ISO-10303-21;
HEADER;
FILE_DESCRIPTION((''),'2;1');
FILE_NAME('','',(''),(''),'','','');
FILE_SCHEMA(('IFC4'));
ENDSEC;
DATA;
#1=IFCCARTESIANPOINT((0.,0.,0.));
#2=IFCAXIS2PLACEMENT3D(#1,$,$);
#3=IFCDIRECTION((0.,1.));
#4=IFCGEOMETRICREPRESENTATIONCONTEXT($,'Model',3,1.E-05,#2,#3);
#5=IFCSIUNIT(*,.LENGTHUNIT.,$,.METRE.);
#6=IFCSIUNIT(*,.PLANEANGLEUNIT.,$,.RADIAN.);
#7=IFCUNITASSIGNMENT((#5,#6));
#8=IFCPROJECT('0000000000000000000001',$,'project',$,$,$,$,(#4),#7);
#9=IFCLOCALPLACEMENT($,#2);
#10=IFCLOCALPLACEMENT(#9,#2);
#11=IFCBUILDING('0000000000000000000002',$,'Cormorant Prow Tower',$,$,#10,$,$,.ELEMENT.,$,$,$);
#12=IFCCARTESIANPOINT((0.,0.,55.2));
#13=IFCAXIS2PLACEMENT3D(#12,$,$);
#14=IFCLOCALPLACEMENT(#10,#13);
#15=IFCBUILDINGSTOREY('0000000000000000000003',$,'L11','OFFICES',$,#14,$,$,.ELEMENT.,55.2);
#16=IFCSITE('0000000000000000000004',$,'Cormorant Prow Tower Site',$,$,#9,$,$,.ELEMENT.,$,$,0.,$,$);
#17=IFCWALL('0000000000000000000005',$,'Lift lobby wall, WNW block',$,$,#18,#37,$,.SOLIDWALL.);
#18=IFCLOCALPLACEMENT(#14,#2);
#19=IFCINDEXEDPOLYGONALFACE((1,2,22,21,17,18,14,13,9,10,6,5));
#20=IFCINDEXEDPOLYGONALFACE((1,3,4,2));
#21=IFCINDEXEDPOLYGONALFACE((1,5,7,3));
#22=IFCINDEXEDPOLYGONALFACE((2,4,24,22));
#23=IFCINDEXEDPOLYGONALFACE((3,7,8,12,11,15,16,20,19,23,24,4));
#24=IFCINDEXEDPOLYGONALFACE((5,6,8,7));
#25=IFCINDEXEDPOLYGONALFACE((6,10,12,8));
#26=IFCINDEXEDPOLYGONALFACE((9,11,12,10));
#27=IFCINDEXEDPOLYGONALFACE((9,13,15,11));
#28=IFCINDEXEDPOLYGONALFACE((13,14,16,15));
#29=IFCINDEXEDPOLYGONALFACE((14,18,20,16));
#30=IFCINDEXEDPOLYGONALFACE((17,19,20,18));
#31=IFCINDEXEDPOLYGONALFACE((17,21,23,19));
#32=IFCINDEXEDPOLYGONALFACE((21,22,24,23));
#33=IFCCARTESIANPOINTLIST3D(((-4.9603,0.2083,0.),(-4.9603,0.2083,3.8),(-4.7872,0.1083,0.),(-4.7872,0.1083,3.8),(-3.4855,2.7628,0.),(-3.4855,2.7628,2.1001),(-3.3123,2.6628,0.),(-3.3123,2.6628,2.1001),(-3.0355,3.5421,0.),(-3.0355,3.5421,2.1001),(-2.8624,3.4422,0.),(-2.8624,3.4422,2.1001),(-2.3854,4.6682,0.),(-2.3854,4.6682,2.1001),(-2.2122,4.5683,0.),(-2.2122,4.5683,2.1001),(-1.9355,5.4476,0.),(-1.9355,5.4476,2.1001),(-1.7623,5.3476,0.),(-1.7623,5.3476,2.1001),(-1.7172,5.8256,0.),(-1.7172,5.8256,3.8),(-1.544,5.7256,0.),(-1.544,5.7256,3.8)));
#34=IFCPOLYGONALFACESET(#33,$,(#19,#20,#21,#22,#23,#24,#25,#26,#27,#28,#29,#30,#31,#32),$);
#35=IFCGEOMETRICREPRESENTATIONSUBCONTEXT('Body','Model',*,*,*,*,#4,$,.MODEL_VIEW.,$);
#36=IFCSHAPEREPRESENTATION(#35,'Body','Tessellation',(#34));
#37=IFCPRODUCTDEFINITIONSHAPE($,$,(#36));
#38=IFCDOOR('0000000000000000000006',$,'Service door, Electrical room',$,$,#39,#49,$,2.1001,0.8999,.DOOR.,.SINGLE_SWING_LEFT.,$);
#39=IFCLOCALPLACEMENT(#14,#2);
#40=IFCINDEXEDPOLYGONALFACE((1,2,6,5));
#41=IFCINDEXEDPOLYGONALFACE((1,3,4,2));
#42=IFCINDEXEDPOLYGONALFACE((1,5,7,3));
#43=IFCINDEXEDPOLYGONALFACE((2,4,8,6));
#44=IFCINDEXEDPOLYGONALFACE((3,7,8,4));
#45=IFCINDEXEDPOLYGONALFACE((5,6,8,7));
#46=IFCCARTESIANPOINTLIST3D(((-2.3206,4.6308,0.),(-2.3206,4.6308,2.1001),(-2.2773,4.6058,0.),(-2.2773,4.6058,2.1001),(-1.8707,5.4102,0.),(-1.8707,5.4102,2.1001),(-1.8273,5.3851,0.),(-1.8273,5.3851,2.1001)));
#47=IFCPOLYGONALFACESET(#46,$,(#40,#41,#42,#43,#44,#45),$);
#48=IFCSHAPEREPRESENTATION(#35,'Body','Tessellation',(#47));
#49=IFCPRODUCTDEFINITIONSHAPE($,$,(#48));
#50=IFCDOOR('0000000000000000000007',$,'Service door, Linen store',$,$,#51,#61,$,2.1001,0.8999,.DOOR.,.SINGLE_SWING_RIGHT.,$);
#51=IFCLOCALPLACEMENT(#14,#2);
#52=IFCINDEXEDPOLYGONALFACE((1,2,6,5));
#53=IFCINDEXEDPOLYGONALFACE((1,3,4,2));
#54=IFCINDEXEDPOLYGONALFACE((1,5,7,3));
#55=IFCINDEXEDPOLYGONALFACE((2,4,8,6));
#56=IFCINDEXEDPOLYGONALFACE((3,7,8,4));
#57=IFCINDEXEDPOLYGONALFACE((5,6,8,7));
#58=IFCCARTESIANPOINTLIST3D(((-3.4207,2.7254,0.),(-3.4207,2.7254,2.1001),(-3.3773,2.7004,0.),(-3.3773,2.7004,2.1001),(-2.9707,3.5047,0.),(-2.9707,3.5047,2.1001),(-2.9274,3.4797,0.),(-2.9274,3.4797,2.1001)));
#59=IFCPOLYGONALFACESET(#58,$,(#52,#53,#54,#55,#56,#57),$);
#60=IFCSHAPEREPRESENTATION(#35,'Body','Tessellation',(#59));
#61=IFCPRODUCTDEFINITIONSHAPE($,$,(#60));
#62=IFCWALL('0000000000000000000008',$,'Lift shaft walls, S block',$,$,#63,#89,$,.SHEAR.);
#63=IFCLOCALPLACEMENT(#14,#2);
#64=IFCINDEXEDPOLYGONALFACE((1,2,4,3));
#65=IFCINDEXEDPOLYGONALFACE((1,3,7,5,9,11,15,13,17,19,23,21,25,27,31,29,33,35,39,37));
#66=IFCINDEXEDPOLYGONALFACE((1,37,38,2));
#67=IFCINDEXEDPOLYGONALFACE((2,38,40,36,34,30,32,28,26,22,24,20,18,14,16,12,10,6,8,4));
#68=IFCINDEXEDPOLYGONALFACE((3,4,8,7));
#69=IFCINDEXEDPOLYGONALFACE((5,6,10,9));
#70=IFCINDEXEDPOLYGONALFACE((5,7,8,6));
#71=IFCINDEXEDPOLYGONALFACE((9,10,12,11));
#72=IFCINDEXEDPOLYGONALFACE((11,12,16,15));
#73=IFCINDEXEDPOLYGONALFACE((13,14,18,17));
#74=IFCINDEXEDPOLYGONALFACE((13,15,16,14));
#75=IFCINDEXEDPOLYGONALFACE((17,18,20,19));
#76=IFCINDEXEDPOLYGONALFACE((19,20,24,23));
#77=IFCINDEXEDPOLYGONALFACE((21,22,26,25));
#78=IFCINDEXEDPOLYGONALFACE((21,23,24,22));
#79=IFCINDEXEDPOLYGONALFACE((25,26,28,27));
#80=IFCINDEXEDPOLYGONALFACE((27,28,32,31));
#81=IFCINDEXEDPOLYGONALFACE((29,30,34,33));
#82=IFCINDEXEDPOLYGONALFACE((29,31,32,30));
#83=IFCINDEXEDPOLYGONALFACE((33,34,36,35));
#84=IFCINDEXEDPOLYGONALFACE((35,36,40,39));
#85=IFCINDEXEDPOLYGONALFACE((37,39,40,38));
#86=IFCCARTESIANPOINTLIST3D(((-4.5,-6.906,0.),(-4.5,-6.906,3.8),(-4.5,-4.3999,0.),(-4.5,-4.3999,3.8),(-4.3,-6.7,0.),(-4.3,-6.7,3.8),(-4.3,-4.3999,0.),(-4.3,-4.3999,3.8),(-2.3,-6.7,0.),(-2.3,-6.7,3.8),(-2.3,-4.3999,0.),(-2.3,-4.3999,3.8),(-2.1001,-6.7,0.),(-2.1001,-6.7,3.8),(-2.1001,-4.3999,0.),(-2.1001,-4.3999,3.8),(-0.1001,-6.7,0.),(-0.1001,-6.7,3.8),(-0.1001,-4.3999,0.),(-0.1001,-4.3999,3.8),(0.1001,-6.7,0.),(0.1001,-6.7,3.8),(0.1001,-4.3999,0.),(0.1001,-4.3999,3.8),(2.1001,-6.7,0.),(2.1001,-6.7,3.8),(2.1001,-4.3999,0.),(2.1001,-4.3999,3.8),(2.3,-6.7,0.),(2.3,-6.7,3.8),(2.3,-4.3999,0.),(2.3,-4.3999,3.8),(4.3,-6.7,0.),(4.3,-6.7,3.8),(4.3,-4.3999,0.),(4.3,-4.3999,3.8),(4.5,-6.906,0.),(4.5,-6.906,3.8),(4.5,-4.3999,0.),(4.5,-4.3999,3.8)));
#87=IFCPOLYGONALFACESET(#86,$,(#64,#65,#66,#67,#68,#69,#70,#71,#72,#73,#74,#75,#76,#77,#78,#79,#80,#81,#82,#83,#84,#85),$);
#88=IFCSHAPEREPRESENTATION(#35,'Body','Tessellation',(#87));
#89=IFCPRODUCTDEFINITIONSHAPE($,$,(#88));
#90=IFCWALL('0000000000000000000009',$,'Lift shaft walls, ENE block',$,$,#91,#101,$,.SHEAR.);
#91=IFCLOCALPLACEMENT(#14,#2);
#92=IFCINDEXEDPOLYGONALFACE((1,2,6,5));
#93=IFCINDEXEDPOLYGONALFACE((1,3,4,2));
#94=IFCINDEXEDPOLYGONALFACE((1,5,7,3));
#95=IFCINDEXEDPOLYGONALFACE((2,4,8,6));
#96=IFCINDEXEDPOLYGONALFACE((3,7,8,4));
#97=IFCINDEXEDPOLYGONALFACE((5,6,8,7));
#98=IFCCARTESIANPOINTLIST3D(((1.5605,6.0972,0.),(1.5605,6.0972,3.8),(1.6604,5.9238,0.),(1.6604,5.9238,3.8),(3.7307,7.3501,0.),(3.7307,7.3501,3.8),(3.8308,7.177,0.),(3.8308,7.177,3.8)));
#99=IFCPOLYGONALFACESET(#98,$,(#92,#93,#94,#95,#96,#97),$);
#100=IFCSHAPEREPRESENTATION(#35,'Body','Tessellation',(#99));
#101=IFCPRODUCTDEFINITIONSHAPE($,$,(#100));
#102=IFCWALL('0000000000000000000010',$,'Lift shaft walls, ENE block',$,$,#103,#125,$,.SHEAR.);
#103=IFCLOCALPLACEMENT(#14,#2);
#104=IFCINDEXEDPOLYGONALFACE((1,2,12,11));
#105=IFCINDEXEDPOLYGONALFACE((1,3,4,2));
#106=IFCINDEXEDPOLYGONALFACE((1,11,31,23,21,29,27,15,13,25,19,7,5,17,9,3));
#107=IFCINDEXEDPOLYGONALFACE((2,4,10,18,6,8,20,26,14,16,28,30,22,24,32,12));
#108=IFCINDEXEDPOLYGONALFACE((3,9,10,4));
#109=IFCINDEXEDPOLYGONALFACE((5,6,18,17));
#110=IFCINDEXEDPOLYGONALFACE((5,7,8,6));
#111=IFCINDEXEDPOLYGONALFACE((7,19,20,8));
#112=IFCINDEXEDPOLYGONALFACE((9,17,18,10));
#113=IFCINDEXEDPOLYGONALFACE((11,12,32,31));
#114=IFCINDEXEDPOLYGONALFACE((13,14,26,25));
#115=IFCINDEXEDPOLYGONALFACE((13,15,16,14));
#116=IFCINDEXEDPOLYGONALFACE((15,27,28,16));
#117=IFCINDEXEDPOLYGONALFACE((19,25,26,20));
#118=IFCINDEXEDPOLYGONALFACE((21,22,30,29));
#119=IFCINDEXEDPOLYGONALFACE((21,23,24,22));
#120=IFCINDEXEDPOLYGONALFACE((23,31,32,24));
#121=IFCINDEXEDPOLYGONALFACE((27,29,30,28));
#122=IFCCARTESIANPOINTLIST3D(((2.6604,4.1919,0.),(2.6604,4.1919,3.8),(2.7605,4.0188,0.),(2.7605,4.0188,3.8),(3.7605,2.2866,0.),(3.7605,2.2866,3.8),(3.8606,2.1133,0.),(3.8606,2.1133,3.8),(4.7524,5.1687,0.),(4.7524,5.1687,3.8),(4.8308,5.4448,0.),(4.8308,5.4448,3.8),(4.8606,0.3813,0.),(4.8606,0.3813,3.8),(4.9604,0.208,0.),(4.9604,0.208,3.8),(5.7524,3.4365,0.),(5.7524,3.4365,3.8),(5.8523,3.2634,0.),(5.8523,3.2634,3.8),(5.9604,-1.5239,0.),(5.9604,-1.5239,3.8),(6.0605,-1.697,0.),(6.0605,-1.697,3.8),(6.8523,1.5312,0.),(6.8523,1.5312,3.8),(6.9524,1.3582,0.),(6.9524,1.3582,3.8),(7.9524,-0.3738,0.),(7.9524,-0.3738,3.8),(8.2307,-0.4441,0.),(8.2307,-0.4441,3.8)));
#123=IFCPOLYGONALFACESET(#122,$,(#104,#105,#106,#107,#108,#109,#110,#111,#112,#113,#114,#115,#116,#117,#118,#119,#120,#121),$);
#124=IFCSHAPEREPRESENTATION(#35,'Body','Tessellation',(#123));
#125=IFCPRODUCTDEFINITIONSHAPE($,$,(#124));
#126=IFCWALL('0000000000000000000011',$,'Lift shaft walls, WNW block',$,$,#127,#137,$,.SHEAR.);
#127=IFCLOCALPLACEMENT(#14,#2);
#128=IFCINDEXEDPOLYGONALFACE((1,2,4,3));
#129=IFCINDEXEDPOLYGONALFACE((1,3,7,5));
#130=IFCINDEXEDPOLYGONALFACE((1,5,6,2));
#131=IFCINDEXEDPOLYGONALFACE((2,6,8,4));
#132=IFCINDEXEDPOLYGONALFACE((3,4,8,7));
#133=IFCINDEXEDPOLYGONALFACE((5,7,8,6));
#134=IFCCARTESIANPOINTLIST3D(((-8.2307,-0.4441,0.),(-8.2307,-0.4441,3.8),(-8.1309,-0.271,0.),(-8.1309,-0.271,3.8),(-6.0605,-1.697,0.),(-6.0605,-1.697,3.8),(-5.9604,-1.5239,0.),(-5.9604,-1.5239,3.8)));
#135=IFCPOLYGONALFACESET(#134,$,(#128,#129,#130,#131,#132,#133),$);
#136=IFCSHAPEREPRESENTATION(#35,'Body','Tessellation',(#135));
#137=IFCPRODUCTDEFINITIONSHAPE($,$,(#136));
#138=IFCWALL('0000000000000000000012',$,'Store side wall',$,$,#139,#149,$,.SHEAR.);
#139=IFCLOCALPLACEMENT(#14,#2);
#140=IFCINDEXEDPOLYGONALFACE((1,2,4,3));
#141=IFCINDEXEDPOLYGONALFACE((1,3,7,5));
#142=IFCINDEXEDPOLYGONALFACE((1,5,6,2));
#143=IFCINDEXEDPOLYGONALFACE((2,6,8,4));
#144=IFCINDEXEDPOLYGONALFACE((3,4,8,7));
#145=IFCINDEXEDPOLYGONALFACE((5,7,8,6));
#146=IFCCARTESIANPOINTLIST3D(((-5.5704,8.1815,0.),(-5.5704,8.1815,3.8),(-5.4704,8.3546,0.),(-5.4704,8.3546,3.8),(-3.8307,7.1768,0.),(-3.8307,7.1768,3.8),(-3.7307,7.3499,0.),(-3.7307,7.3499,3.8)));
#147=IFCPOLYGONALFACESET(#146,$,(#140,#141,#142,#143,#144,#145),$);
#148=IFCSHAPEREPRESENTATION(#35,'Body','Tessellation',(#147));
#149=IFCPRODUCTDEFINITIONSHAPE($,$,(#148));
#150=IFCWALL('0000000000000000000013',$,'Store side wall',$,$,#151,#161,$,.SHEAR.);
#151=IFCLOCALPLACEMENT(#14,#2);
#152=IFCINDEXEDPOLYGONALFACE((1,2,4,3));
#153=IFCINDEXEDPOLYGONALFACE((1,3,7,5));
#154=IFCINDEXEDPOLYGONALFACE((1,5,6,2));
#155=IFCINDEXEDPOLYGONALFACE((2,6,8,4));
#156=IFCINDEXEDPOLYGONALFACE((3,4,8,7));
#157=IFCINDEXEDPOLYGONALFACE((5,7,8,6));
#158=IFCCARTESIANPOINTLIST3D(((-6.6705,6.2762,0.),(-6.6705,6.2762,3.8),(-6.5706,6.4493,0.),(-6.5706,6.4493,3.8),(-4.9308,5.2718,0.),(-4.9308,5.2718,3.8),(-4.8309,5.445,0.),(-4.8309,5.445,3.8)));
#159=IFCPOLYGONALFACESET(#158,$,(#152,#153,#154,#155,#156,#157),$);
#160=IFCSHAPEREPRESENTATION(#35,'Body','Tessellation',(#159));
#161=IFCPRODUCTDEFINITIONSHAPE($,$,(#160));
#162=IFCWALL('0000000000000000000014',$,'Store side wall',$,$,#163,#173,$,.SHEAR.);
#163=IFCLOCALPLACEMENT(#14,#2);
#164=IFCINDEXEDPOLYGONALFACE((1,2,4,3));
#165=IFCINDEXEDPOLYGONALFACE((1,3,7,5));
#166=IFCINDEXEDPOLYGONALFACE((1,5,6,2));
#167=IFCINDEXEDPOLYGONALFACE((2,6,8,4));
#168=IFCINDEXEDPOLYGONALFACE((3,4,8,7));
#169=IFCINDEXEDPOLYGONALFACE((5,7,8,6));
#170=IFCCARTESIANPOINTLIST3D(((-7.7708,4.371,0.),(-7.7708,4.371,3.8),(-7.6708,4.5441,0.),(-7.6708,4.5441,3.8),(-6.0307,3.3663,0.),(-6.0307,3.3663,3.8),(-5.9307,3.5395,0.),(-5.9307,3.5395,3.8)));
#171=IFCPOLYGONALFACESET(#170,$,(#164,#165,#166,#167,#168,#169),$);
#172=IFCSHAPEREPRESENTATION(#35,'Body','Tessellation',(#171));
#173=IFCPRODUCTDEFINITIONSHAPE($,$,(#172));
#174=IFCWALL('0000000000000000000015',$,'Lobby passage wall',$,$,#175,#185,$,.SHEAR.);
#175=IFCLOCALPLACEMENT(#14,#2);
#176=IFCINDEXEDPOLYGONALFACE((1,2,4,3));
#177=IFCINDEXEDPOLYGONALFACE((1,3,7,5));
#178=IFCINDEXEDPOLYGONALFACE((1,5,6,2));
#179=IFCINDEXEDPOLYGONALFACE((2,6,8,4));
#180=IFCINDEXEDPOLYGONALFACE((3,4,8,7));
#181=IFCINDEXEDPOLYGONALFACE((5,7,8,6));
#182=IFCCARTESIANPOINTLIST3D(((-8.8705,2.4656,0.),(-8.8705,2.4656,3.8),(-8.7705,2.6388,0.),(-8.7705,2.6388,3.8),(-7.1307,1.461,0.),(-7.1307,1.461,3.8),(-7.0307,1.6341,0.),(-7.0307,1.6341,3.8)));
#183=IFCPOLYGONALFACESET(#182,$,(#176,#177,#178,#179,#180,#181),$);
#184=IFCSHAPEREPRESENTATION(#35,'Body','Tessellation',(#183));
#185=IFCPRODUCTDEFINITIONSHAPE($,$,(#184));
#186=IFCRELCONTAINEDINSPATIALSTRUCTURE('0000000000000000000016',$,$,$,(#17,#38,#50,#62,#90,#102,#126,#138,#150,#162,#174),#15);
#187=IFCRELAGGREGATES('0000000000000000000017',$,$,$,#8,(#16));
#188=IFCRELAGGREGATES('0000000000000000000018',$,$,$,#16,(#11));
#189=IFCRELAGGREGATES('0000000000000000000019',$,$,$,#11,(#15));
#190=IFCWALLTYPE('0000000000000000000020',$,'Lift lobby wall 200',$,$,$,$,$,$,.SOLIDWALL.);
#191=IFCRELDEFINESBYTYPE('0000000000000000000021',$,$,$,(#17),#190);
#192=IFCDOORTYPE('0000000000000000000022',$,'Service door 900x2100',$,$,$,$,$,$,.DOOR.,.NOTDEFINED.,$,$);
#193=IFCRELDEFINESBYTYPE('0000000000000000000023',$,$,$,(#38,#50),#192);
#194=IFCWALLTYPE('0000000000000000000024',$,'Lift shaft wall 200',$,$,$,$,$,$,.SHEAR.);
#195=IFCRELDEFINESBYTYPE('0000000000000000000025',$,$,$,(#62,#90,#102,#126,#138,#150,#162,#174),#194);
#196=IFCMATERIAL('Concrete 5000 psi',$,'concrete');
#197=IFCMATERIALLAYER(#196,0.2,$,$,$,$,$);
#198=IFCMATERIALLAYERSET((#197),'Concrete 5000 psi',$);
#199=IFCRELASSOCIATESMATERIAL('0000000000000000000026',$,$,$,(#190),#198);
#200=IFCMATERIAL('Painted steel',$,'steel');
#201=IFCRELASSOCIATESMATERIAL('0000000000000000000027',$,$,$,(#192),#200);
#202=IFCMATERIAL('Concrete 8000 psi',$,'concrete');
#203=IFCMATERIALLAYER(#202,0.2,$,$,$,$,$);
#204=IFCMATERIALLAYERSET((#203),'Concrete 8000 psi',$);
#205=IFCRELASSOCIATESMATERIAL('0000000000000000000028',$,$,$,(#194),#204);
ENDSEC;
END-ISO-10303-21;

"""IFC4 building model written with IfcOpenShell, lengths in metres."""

from ifc_helpers import new_model, si_unit, direction, frame, frame_2d, origin, place, context, subcontext, project, spatial, polyline, rectangle, outline, extrude, material, layer, layer_set, type_object, element, fill, save


model = new_model("IFC4")

# Units and contexts
model_context = context("Model", 3, precision=1e-05, world=origin(), true_north=direction((0.0, 1.0)))
body_context = subcontext(model_context, "Body", "Model", "MODEL_VIEW")
ifc_project = project(units=[si_unit("LENGTHUNIT", "METRE"), si_unit("PLANEANGLEUNIT", "RADIAN")], contexts=[model_context])

# Site, building, storey
site_placement = place(None, origin())
site = spatial("IfcSite", under=ifc_project, at=site_placement, Name="Cormorant Prow Tower Site", CompositionType="ELEMENT", RefElevation=0.0)
building_placement = place(site_placement, origin())
building = spatial("IfcBuilding", under=site, at=building_placement, Name="Cormorant Prow Tower", CompositionType="ELEMENT")
storey_placement = place(building_placement, frame((0.0, 0.0, 55.2)))
storey = spatial("IfcBuildingStorey", under=building, at=storey_placement, Name="L11", Description="OFFICES", CompositionType="ELEMENT", Elevation=55.2)

# Wall, openings, doors
ifc_material_1 = material(Name="Concrete 5000 psi", Category="concrete")
ifc_layer_1 = layer(ifc_material_1, 0.2)
ifc_layer_set_1 = layer_set([ifc_layer_1], Name="Concrete 5000 psi")
wall_type_1 = type_object("IfcWallType", Name="Lift lobby wall 200", PredefinedType="SOLIDWALL", material=ifc_layer_set_1)
wall_1_placement = place(storey_placement, frame((-1.6306, 5.7756, 0.0), z_axis=(0.0, 0.0, 1.0), x_axis=(-0.499993, -0.86603, 0.0)))
wall_1 = element("IfcWall", 1, at=wall_1_placement, inside=storey, type_object=wall_type_1, Name="Lift lobby wall, WNW block", PredefinedType="SOLIDWALL", context=body_context, shape_type="SweptSolid", body=[
    extrude(rectangle(XDim=6.4863, YDim=0.2, at=frame_2d((3.2432, 0.0))), origin(), (0.0, 0.0, 1.0), 3.8),
])
opening_1_placement = place(wall_1_placement, frame((0.4365, 0.0, 0.0)))
opening_1 = element("IfcOpeningElement", 2, at=opening_1_placement, cuts=wall_1, PredefinedType="OPENING", context=body_context, shape_type="SweptSolid", body=[
    extrude(rectangle(XDim=0.8999, YDim=2.1001, at=frame_2d((0.45, 1.05))), frame((0.0, 0.1099, 0.0), z_axis=(0.0, -1.0, 0.0), x_axis=(1.0, 0.0, 0.0)), (0.0, 0.0, 1.0), 0.22),
])
opening_2_placement = place(wall_1_placement, frame((2.6367, 0.0, 0.0)))
opening_2 = element("IfcOpeningElement", 3, at=opening_2_placement, cuts=wall_1, PredefinedType="OPENING", context=body_context, shape_type="SweptSolid", body=[
    extrude(rectangle(XDim=0.8999, YDim=2.1001, at=frame_2d((0.45, 1.05))), frame((0.0, 0.1099, 0.0), z_axis=(0.0, -1.0, 0.0), x_axis=(1.0, 0.0, 0.0)), (0.0, 0.0, 1.0), 0.22),
])
ifc_material_2 = material(Name="Painted steel", Category="steel")
door_type_1 = type_object("IfcDoorType", Name="Service door 900x2100", OperationType="NOTDEFINED", PredefinedType="DOOR", material=ifc_material_2)
door_1_placement = place(opening_1_placement, origin())
door_1 = element("IfcDoor", 4, at=door_1_placement, inside=storey, type_object=door_type_1, Name="Service door, Electrical room", OperationType="SINGLE_SWING_LEFT", OverallHeight=2.1001, OverallWidth=0.8999, PredefinedType="DOOR", context=body_context, shape_type="SweptSolid", body=[
    extrude(rectangle(XDim=0.8999, YDim=2.1001, at=frame_2d((0.45, 1.05))), frame((0.0, 0.0249, 0.0), z_axis=(0.0, -1.0, 0.0), x_axis=(1.0, 0.0, 0.0)), (0.0, 0.0, 1.0), 0.05),
])
fill(opening_1, door_1)
door_2_placement = place(opening_2_placement, origin())
door_2 = element("IfcDoor", 5, at=door_2_placement, inside=storey, type_object=door_type_1, Name="Service door, Linen store", OperationType="SINGLE_SWING_RIGHT", OverallHeight=2.1001, OverallWidth=0.8999, PredefinedType="DOOR", context=body_context, shape_type="SweptSolid", body=[
    extrude(rectangle(XDim=0.8999, YDim=2.1001, at=frame_2d((0.45, 1.05))), frame((0.0, 0.0249, 0.0), z_axis=(0.0, -1.0, 0.0), x_axis=(1.0, 0.0, 0.0)), (0.0, 0.0, 1.0), 0.05),
])
fill(opening_2, door_2)

# Walls
ifc_material_3 = material(Name="Concrete 8000 psi", Category="concrete")
ifc_layer_2 = layer(ifc_material_3, 0.2)
ifc_layer_set_2 = layer_set([ifc_layer_2], Name="Concrete 8000 psi")
wall_type_2 = type_object("IfcWallType", Name="Lift shaft wall 200", PredefinedType="SHEAR", material=ifc_layer_set_2)
wall_2_placement = place(storey_placement, origin())
element("IfcWall", 6, at=wall_2_placement, inside=storey, type_object=wall_type_2, Name="Lift shaft walls, S block", PredefinedType="SHEAR", context=body_context, shape_type="SweptSolid", body=[
    extrude(outline(polyline([(4.5, -4.3999), (4.5, -6.906), (-4.5, -6.906), (-4.5, -4.3999), (-4.3, -4.3999), (-4.3, -6.7), (-2.3, -6.7), (-2.3, -4.3999), (-2.1001, -4.3999), (-2.1001, -6.7), (-0.1001, -6.7), (-0.1001, -4.3999), (0.1001, -4.3999), (0.1001, -6.7), (2.1001, -6.7), (2.1001, -4.3999), (2.3, -4.3999), (2.3, -6.7), (4.3, -6.7), (4.3, -4.3999), (4.5, -4.3999)])), origin(), (0.0, 0.0, 1.0), 3.8),
])
wall_3_placement = place(storey_placement, origin())
element("IfcWall", 7, at=wall_3_placement, inside=storey, type_object=wall_type_2, Name="Lift shaft walls, ENE block", PredefinedType="SHEAR", context=body_context, shape_type="SweptSolid", body=[
    extrude(outline(polyline([(1.5605, 6.0972), (3.7307, 7.3501), (3.8308, 7.177), (1.6604, 5.9238), (1.5605, 6.0972)])), origin(), (0.0, 0.0, 1.0), 3.8),
])
wall_4_placement = place(storey_placement, origin())
element("IfcWall", 8, at=wall_4_placement, inside=storey, type_object=wall_type_2, Name="Lift shaft walls, ENE block", PredefinedType="SHEAR", context=body_context, shape_type="SweptSolid", body=[
    extrude(outline(polyline([(2.6604, 4.1919), (4.8308, 5.4448), (8.2307, -0.4441), (6.0605, -1.697), (5.9604, -1.5239), (7.9524, -0.3738), (6.9524, 1.3582), (4.9604, 0.208), (4.8606, 0.3813), (6.8523, 1.5312), (5.8523, 3.2634), (3.8606, 2.1133), (3.7605, 2.2866), (5.7524, 3.4365), (4.7524, 5.1687), (2.7605, 4.0188), (2.6604, 4.1919)])), origin(), (0.0, 0.0, 1.0), 3.8),
])
wall_5_placement = place(storey_placement, origin())
element("IfcWall", 9, at=wall_5_placement, inside=storey, type_object=wall_type_2, Name="Lift shaft walls, WNW block", PredefinedType="SHEAR", context=body_context, shape_type="SweptSolid", body=[
    extrude(outline(polyline([(-6.0605, -1.697), (-8.2307, -0.4441), (-8.1309, -0.271), (-5.9604, -1.5239), (-6.0605, -1.697)])), origin(), (0.0, 0.0, 1.0), 3.8),
])
wall_6_placement = place(storey_placement, frame((-3.7808, 7.2634, 0.0), z_axis=(0.0, 0.0, 1.0), x_axis=(-0.865983, 0.500073, 0.0)))
element("IfcWall", 10, at=wall_6_placement, inside=storey, type_object=wall_type_2, Name="Store side wall", PredefinedType="SHEAR", context=body_context, shape_type="SweptSolid", body=[
    extrude(rectangle(XDim=2.009, YDim=0.2, at=frame_2d((1.0044, 0.0))), origin(), (0.0, 0.0, 1.0), 3.8),
])
wall_7_placement = place(storey_placement, frame((-4.8809, 5.3584, 0.0), z_axis=(0.0, 0.0, 1.0), x_axis=(-0.866036, 0.499982, 0.0)))
element("IfcWall", 11, at=wall_7_placement, inside=storey, type_object=wall_type_2, Name="Store side wall", PredefinedType="SHEAR", context=body_context, shape_type="SweptSolid", body=[
    extrude(rectangle(XDim=2.0088, YDim=0.2, at=frame_2d((1.0044, 0.0))), origin(), (0.0, 0.0, 1.0), 3.8),
])
wall_8_placement = place(storey_placement, frame((-5.9807, 3.4529, 0.0), z_axis=(0.0, 0.0, 1.0), x_axis=(-0.866014, 0.50002, 0.0)))
element("IfcWall", 12, at=wall_8_placement, inside=storey, type_object=wall_type_2, Name="Store side wall", PredefinedType="SHEAR", context=body_context, shape_type="SweptSolid", body=[
    extrude(rectangle(XDim=2.0093, YDim=0.2, at=frame_2d((1.0046, 0.0))), origin(), (0.0, 0.0, 1.0), 3.8),
])
wall_9_placement = place(storey_placement, frame((-7.0808, 1.5476, 0.0), z_axis=(0.0, 0.0, 1.0), x_axis=(-0.865983, 0.500073, 0.0)))
element("IfcWall", 13, at=wall_9_placement, inside=storey, type_object=wall_type_2, Name="Lobby passage wall", PredefinedType="SHEAR", context=body_context, shape_type="SweptSolid", body=[
    extrude(rectangle(XDim=2.009, YDim=0.2, at=frame_2d((1.0044, 0.0))), origin(), (0.0, 0.0, 1.0), 3.8),
])

save(model, "model.ifc")
